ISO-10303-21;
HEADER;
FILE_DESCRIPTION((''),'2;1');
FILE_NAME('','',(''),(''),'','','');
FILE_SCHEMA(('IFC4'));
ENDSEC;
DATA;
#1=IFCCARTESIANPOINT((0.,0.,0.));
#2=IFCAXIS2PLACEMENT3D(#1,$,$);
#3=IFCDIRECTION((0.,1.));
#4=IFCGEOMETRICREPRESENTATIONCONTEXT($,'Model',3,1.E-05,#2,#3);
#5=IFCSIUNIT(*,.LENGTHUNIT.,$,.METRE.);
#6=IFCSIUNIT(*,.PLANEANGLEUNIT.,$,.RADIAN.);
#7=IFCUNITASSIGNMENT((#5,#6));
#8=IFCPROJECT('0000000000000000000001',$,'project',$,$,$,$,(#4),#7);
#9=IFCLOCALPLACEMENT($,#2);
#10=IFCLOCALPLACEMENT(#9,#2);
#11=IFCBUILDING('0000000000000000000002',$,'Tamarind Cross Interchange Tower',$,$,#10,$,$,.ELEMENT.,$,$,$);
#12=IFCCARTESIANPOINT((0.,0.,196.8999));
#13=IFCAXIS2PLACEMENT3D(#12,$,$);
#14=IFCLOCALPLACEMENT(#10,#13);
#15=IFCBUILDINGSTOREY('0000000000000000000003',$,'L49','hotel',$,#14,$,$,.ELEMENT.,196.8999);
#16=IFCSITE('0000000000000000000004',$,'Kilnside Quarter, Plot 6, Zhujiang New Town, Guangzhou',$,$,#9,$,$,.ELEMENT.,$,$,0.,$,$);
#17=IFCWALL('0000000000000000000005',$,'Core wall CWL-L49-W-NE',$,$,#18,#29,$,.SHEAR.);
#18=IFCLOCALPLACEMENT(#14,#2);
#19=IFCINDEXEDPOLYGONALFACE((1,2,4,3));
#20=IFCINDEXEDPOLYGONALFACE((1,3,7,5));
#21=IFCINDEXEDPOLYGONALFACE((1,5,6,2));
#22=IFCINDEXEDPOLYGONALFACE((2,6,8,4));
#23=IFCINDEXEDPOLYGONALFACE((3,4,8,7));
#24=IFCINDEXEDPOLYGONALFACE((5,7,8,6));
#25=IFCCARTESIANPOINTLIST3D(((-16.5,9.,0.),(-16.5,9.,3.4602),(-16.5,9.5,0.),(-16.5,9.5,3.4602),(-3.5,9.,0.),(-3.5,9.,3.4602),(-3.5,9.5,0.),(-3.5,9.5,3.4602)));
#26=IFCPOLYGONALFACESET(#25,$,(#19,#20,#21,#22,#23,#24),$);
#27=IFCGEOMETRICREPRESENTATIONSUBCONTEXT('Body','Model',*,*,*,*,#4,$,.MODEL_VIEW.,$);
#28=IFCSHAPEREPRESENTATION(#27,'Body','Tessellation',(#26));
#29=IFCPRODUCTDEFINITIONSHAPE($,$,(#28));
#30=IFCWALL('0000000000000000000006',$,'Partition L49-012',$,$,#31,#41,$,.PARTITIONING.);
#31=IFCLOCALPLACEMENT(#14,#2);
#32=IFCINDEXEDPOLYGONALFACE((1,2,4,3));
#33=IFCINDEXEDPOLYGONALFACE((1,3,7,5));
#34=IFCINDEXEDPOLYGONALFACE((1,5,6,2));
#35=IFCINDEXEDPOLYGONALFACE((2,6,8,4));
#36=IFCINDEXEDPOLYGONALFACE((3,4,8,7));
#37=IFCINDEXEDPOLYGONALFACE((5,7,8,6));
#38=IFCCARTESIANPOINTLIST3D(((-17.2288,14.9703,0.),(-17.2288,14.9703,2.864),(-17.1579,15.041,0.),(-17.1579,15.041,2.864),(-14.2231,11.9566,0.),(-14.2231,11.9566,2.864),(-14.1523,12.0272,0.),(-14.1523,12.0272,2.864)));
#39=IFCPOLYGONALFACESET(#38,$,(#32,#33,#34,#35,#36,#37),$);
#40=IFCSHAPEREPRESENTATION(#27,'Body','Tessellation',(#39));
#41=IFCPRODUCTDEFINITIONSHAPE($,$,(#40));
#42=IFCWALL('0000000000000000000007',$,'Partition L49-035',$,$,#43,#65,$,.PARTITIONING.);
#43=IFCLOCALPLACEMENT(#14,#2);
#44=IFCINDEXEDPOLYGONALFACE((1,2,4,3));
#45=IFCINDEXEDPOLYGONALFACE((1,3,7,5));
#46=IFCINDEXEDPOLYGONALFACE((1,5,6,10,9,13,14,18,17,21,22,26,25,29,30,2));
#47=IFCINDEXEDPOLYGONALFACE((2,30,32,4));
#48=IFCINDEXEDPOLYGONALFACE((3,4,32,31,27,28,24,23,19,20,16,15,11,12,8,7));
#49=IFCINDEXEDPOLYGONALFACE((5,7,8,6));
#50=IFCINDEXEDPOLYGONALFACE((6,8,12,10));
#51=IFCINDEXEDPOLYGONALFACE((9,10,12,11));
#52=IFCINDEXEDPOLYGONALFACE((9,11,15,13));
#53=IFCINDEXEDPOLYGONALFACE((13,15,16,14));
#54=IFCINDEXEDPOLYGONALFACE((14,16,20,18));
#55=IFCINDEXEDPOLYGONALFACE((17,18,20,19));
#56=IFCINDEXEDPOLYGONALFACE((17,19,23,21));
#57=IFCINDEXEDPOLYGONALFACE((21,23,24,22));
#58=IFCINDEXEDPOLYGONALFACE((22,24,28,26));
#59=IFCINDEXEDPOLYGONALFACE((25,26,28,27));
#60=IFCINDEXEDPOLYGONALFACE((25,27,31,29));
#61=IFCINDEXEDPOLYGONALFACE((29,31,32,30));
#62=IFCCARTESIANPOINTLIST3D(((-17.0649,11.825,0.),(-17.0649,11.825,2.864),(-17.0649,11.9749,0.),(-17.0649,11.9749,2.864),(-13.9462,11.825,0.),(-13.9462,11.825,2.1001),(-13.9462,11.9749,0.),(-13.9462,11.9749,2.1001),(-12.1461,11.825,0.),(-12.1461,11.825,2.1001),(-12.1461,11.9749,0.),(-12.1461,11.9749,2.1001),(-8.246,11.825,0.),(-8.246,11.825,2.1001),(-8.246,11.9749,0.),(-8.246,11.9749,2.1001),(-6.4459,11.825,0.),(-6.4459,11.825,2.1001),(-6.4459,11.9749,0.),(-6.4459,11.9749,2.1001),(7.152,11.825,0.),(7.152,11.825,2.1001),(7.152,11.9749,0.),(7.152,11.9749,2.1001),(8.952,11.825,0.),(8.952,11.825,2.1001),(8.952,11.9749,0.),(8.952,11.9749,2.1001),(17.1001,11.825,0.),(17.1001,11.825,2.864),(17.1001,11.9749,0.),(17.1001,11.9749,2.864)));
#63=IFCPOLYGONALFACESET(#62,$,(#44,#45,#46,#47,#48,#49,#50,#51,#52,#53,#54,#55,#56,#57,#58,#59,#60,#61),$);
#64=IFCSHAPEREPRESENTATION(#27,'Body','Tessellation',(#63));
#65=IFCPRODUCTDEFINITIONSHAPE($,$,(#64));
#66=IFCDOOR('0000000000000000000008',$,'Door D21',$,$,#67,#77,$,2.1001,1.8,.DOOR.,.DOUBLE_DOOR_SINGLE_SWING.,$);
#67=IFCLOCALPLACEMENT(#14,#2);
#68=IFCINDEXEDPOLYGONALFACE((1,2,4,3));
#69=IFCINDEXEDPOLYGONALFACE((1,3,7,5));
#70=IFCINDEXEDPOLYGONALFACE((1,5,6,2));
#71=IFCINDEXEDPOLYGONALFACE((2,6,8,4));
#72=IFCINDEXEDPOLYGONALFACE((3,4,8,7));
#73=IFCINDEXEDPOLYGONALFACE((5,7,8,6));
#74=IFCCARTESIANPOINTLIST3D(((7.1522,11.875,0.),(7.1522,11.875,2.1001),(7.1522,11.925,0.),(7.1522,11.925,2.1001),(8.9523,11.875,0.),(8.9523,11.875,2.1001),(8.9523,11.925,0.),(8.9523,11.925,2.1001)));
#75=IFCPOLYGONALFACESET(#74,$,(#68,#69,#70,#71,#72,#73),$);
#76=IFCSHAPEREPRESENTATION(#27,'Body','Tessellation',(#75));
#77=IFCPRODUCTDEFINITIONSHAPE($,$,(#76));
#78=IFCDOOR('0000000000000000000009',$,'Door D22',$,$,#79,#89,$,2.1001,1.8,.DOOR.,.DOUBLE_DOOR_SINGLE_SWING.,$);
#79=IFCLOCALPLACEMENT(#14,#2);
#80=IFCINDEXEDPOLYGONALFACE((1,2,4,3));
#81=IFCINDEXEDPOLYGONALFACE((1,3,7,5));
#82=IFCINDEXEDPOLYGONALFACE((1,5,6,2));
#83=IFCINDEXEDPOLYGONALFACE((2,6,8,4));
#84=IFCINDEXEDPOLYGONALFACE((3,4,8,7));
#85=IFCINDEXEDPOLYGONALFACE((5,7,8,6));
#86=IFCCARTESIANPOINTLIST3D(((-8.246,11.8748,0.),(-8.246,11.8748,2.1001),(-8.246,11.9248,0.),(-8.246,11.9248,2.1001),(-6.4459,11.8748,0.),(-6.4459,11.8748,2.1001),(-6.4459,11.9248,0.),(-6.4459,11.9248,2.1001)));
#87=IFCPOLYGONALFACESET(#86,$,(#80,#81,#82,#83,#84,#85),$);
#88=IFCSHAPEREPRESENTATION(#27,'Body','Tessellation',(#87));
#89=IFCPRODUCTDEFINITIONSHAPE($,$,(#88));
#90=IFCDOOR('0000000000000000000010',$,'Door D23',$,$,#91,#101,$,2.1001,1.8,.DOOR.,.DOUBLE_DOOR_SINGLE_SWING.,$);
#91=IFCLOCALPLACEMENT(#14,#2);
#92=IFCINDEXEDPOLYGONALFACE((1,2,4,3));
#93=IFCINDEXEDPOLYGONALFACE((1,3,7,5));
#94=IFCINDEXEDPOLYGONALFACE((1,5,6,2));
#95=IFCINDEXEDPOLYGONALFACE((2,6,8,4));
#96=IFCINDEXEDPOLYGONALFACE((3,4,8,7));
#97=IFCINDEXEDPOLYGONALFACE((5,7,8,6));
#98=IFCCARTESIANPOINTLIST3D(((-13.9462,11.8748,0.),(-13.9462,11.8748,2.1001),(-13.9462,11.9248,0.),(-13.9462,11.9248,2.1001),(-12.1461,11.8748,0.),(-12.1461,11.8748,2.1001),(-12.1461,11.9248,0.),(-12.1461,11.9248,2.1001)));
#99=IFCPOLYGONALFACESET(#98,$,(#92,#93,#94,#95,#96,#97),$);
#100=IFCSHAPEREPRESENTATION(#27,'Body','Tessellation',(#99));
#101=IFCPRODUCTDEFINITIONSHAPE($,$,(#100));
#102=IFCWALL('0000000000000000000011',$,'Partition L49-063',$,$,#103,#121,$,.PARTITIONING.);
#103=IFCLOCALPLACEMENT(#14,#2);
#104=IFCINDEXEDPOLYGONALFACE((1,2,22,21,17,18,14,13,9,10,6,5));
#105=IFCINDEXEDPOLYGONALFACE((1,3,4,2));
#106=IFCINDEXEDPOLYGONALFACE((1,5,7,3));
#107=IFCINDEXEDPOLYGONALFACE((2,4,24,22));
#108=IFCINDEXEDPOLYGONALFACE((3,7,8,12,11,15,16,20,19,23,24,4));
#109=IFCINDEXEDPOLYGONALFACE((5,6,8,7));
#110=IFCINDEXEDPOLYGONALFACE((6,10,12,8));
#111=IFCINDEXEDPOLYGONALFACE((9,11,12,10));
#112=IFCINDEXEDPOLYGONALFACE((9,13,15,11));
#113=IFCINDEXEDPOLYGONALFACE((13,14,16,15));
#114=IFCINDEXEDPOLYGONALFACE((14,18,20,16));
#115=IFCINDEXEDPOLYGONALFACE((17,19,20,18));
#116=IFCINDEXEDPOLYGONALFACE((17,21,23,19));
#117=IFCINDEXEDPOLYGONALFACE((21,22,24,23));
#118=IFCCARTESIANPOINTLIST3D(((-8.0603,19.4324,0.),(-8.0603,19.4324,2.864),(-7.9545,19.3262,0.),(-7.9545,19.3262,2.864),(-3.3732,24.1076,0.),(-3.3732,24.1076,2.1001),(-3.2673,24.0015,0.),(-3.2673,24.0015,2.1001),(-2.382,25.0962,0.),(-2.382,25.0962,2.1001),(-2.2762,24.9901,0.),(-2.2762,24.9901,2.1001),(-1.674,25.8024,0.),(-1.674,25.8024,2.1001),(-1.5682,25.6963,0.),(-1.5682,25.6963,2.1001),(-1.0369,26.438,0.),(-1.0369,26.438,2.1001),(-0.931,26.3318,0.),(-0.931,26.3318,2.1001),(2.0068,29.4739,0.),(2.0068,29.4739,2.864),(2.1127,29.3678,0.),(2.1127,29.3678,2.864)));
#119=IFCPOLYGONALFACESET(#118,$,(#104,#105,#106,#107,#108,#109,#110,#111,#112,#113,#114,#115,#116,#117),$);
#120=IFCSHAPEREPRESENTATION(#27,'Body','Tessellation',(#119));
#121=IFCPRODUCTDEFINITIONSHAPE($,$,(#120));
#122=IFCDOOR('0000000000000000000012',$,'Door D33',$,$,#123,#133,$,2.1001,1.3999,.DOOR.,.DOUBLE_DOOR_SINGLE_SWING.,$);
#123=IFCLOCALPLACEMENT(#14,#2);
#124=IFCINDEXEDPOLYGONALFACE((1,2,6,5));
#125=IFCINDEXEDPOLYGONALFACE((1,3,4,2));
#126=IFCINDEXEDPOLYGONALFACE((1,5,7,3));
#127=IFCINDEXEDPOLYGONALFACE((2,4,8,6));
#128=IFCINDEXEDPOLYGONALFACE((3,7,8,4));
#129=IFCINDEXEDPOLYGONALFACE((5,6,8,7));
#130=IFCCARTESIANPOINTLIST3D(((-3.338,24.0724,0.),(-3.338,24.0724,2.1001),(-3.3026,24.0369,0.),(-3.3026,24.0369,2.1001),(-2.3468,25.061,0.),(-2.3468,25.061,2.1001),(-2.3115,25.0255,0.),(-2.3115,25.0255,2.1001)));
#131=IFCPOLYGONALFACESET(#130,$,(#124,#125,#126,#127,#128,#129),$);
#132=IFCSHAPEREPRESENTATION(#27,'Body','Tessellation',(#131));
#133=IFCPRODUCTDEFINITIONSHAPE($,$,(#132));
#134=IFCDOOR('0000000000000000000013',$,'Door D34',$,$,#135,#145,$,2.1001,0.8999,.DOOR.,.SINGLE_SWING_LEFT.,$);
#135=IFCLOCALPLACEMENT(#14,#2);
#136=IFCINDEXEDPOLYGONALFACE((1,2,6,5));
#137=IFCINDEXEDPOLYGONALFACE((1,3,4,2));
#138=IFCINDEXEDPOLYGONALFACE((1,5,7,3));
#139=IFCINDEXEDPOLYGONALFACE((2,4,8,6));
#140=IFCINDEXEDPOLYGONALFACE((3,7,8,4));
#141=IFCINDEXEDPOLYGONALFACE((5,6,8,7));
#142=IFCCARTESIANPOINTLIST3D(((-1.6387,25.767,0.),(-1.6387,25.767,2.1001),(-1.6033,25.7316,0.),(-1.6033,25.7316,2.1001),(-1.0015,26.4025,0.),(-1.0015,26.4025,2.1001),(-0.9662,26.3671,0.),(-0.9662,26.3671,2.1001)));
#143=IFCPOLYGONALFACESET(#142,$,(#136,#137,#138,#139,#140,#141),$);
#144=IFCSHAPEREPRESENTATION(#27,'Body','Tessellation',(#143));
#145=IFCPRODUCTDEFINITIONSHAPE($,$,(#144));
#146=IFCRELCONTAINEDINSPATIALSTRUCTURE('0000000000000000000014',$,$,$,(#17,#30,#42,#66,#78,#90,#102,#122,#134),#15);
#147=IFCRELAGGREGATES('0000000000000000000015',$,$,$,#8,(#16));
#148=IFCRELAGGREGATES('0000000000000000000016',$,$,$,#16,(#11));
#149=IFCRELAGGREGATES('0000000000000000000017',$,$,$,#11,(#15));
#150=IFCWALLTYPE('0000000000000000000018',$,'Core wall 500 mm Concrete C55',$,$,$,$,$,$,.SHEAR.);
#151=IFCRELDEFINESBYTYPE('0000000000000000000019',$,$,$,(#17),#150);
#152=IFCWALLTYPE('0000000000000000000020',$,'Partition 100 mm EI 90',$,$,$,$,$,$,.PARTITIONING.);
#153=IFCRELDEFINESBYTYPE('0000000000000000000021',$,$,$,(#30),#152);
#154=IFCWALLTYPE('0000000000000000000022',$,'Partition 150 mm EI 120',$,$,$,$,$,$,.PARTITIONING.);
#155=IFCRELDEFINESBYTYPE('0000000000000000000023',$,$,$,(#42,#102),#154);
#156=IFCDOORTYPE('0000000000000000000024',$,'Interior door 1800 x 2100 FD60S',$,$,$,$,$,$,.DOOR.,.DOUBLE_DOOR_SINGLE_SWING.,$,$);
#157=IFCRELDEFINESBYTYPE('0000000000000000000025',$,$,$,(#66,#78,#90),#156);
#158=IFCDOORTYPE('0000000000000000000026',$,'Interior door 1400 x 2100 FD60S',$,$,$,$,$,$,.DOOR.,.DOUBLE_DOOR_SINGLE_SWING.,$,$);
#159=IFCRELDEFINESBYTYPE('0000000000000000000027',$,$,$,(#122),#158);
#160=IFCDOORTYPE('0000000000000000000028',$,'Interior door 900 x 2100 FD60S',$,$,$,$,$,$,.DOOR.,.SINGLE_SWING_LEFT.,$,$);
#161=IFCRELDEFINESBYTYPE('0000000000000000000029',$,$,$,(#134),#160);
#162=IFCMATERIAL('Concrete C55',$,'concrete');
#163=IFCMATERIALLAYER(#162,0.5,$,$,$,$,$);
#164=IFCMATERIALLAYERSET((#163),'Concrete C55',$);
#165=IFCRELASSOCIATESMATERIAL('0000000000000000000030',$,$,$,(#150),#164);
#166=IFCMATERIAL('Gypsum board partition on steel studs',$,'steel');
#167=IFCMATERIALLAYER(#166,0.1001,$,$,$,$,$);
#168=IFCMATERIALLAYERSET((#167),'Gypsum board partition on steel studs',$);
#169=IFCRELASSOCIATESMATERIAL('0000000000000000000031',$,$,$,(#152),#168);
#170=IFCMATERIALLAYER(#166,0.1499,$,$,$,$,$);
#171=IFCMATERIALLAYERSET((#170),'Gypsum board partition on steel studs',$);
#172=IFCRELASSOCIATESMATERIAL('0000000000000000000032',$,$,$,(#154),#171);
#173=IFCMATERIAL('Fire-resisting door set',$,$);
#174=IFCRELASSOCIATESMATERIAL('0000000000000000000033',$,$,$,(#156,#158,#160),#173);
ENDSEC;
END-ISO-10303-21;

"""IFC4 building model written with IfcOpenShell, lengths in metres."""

from ifc_helpers import new_model, si_unit, direction, frame, frame_2d, origin, place, context, subcontext, project, spatial, rectangle, extrude, material, layer, layer_set, type_object, element, fill, save


model = new_model("IFC4")

# Units and contexts
model_context = context("Model", 3, precision=1e-05, world=origin(), true_north=direction((0.0, 1.0)))
body_context = subcontext(model_context, "Body", "Model", "MODEL_VIEW")
ifc_project = project(units=[si_unit("LENGTHUNIT", "METRE"), si_unit("PLANEANGLEUNIT", "RADIAN")], contexts=[model_context])

# Site, building, storey
site_placement = place(None, origin())
site = spatial("IfcSite", under=ifc_project, at=site_placement, Name="Kilnside Quarter, Plot 6, Zhujiang New Town, Guangzhou", CompositionType="ELEMENT", RefElevation=0.0)
building_placement = place(site_placement, origin())
building = spatial("IfcBuilding", under=site, at=building_placement, Name="Tamarind Cross Interchange Tower", CompositionType="ELEMENT")
storey_placement = place(building_placement, frame((0.0, 0.0, 196.8999)))
storey = spatial("IfcBuildingStorey", under=building, at=storey_placement, Name="L49", Description="hotel", CompositionType="ELEMENT", Elevation=196.8999)

# Shared definitions
ifc_material_1 = material(Name="Concrete C55", Category="concrete")

# Walls
ifc_layer_1 = layer(ifc_material_1, 0.5)
ifc_layer_set_1 = layer_set([ifc_layer_1], Name="Concrete C55")
wall_type_1 = type_object("IfcWallType", Name="Core wall 500 mm Concrete C55", PredefinedType="SHEAR", material=ifc_layer_set_1)
wall_1_placement = place(storey_placement, frame((-16.5, 9.25, 0.0), z_axis=(0.0, 0.0, 1.0), x_axis=(1.0, 0.0, 0.0)))
element("IfcWall", 1, at=wall_1_placement, inside=storey, type_object=wall_type_1, Name="Core wall CWL-L49-W-NE", PredefinedType="SHEAR", context=body_context, shape_type="SweptSolid", body=[
    extrude(rectangle(XDim=13.0, YDim=0.5, at=frame_2d((6.5, 0.0))), origin(), (0.0, 0.0, 1.0), 3.4602),
])
ifc_material_2 = material(Name="Gypsum board partition on steel studs", Category="steel")
ifc_layer_2 = layer(ifc_material_2, 0.1001)
ifc_layer_set_2 = layer_set([ifc_layer_2], Name="Gypsum board partition on steel studs")
wall_type_2 = type_object("IfcWallType", Name="Partition 100 mm EI 90", PredefinedType="PARTITIONING", material=ifc_layer_set_2)
wall_2_placement = place(storey_placement, frame((-17.1934, 15.0056, 0.0), z_axis=(0.0, 0.0, 1.0), x_axis=(0.70616, -0.708053, 0.0)))
element("IfcWall", 2, at=wall_2_placement, inside=storey, type_object=wall_type_2, Name="Partition L49-012", PredefinedType="PARTITIONING", context=body_context, shape_type="SweptSolid", body=[
    extrude(rectangle(XDim=4.2563, YDim=0.1001, at=frame_2d((2.1282, 0.0))), origin(), (0.0, 0.0, 1.0), 2.864),
])

# Walls, openings, doors
ifc_layer_3 = layer(ifc_material_2, 0.1499)
ifc_layer_set_3 = layer_set([ifc_layer_3], Name="Gypsum board partition on steel studs")
wall_type_3 = type_object("IfcWallType", Name="Partition 150 mm EI 120", PredefinedType="PARTITIONING", material=ifc_layer_set_3)
wall_3_placement = place(storey_placement, frame((-17.0649, 11.8999, 0.0), z_axis=(0.0, 0.0, 1.0), x_axis=(1.0, 0.0, 0.0)))
wall_3 = element("IfcWall", 3, at=wall_3_placement, inside=storey, type_object=wall_type_3, Name="Partition L49-035", PredefinedType="PARTITIONING", context=body_context, shape_type="SweptSolid", body=[
    extrude(rectangle(XDim=34.165, YDim=0.1499, at=frame_2d((17.0825, 0.0))), origin(), (0.0, 0.0, 1.0), 2.864),
])
opening_1_placement = place(wall_3_placement, frame((24.217, 0.0, 0.0)))
opening_1 = element("IfcOpeningElement", 4, at=opening_1_placement, cuts=wall_3, PredefinedType="OPENING", context=body_context, shape_type="SweptSolid", body=[
    extrude(rectangle(XDim=1.8, YDim=2.1001, at=frame_2d((0.8999, 1.05))), frame((0.0, 0.085, 0.0), z_axis=(0.0, -1.0, 0.0), x_axis=(1.0, 0.0, 0.0)), (0.0, 0.0, 1.0), 0.1699),
])
opening_2_placement = place(wall_3_placement, frame((8.8191, 0.0, 0.0)))
opening_2 = element("IfcOpeningElement", 5, at=opening_2_placement, cuts=wall_3, PredefinedType="OPENING", context=body_context, shape_type="SweptSolid", body=[
    extrude(rectangle(XDim=1.8, YDim=2.1001, at=frame_2d((0.8999, 1.05))), frame((0.0, 0.085, 0.0), z_axis=(0.0, -1.0, 0.0), x_axis=(1.0, 0.0, 0.0)), (0.0, 0.0, 1.0), 0.1699),
])
opening_3_placement = place(wall_3_placement, frame((3.1189, 0.0, 0.0)))
opening_3 = element("IfcOpeningElement", 6, at=opening_3_placement, cuts=wall_3, PredefinedType="OPENING", context=body_context, shape_type="SweptSolid", body=[
    extrude(rectangle(XDim=1.8, YDim=2.1001, at=frame_2d((0.8999, 1.05))), frame((0.0, 0.085, 0.0), z_axis=(0.0, -1.0, 0.0), x_axis=(1.0, 0.0, 0.0)), (0.0, 0.0, 1.0), 0.1699),
])
ifc_material_3 = material(Name="Fire-resisting door set")
door_type_1 = type_object("IfcDoorType", Name="Interior door 1800 x 2100 FD60S", OperationType="DOUBLE_DOOR_SINGLE_SWING", PredefinedType="DOOR", material=ifc_material_3)
door_1_placement = place(opening_1_placement, frame((1.8, 0.0, 0.0), z_axis=(0.0, 0.0, 1.0), x_axis=(-1.0, 0.0, 0.0)))
door_1 = element("IfcDoor", 7, at=door_1_placement, inside=storey, type_object=door_type_1, Name="Door D21", OperationType="DOUBLE_DOOR_SINGLE_SWING", OverallHeight=2.1001, OverallWidth=1.8, PredefinedType="DOOR", context=body_context, shape_type="SweptSolid", body=[
    extrude(rectangle(XDim=1.8, YDim=2.1001, at=frame_2d((0.8999, 1.05))), frame((0.0, 0.0249, 0.0), z_axis=(0.0, -1.0, 0.0), x_axis=(1.0, 0.0, 0.0)), (0.0, 0.0, 1.0), 0.05),
])
fill(opening_1, door_1)
door_2_placement = place(opening_2_placement, origin())
door_2 = element("IfcDoor", 8, at=door_2_placement, inside=storey, type_object=door_type_1, Name="Door D22", OperationType="DOUBLE_DOOR_SINGLE_SWING", OverallHeight=2.1001, OverallWidth=1.8, PredefinedType="DOOR", context=body_context, shape_type="SweptSolid", body=[
    extrude(rectangle(XDim=1.8, YDim=2.1001, at=frame_2d((0.8999, 1.05))), frame((0.0, 0.0249, 0.0), z_axis=(0.0, -1.0, 0.0), x_axis=(1.0, 0.0, 0.0)), (0.0, 0.0, 1.0), 0.05),
])
fill(opening_2, door_2)
door_3_placement = place(opening_3_placement, origin())
door_3 = element("IfcDoor", 9, at=door_3_placement, inside=storey, type_object=door_type_1, Name="Door D23", OperationType="DOUBLE_DOOR_SINGLE_SWING", OverallHeight=2.1001, OverallWidth=1.8, PredefinedType="DOOR", context=body_context, shape_type="SweptSolid", body=[
    extrude(rectangle(XDim=1.8, YDim=2.1001, at=frame_2d((0.8999, 1.05))), frame((0.0, 0.0249, 0.0), z_axis=(0.0, -1.0, 0.0), x_axis=(1.0, 0.0, 0.0)), (0.0, 0.0, 1.0), 0.05),
])
fill(opening_3, door_3)
wall_4_placement = place(storey_placement, frame((-8.0073, 19.3794, 0.0), z_axis=(0.0, 0.0, 1.0), x_axis=(0.708008, 0.706205, 0.0)))
wall_4 = element("IfcWall", 10, at=wall_4_placement, inside=storey, type_object=wall_type_3, Name="Partition L49-063", PredefinedType="PARTITIONING", context=body_context, shape_type="SweptSolid", body=[
    extrude(rectangle(XDim=14.219, YDim=0.1499, at=frame_2d((7.1094, 0.0))), origin(), (0.0, 0.0, 1.0), 2.864),
])
opening_4_placement = place(wall_4_placement, frame((6.6201, 0.0, 0.0)))
opening_4 = element("IfcOpeningElement", 11, at=opening_4_placement, cuts=wall_4, PredefinedType="OPENING", context=body_context, shape_type="SweptSolid", body=[
    extrude(rectangle(XDim=1.3999, YDim=2.1001, at=frame_2d((0.7, 1.05))), frame((0.0, 0.085, 0.0), z_axis=(0.0, -1.0, 0.0), x_axis=(1.0, 0.0, 0.0)), (0.0, 0.0, 1.0), 0.1699),
])
opening_5_placement = place(wall_4_placement, frame((9.02, 0.0, 0.0)))
opening_5 = element("IfcOpeningElement", 12, at=opening_5_placement, cuts=wall_4, PredefinedType="OPENING", context=body_context, shape_type="SweptSolid", body=[
    extrude(rectangle(XDim=0.8999, YDim=2.1001, at=frame_2d((0.45, 1.05))), frame((0.0, 0.085, 0.0), z_axis=(0.0, -1.0, 0.0), x_axis=(1.0, 0.0, 0.0)), (0.0, 0.0, 1.0), 0.1699),
])
door_type_2 = type_object("IfcDoorType", Name="Interior door 1400 x 2100 FD60S", OperationType="DOUBLE_DOOR_SINGLE_SWING", PredefinedType="DOOR", material=ifc_material_3)
door_4_placement = place(opening_4_placement, frame((1.3999, 0.0, 0.0), z_axis=(0.0, 0.0, 1.0), x_axis=(-1.0, 0.0, 0.0)))
door_4 = element("IfcDoor", 13, at=door_4_placement, inside=storey, type_object=door_type_2, Name="Door D33", OperationType="DOUBLE_DOOR_SINGLE_SWING", OverallHeight=2.1001, OverallWidth=1.3999, PredefinedType="DOOR", context=body_context, shape_type="SweptSolid", body=[
    extrude(rectangle(XDim=1.3999, YDim=2.1001, at=frame_2d((0.7, 1.05))), frame((0.0, 0.0249, 0.0), z_axis=(0.0, -1.0, 0.0), x_axis=(1.0, 0.0, 0.0)), (0.0, 0.0, 1.0), 0.05),
])
fill(opening_4, door_4)
door_type_3 = type_object("IfcDoorType", Name="Interior door 900 x 2100 FD60S", OperationType="SINGLE_SWING_LEFT", PredefinedType="DOOR", material=ifc_material_3)
door_5_placement = place(opening_5_placement, origin())
door_5 = element("IfcDoor", 14, at=door_5_placement, inside=storey, type_object=door_type_3, Name="Door D34", OperationType="SINGLE_SWING_LEFT", OverallHeight=2.1001, OverallWidth=0.8999, PredefinedType="DOOR", context=body_context, shape_type="SweptSolid", body=[
    extrude(rectangle(XDim=0.8999, YDim=2.1001, at=frame_2d((0.45, 1.05))), frame((0.0, 0.0249, 0.0), z_axis=(0.0, -1.0, 0.0), x_axis=(1.0, 0.0, 0.0)), (0.0, 0.0, 1.0), 0.05),
])
fill(opening_5, door_5)

save(model, "model.ifc")
